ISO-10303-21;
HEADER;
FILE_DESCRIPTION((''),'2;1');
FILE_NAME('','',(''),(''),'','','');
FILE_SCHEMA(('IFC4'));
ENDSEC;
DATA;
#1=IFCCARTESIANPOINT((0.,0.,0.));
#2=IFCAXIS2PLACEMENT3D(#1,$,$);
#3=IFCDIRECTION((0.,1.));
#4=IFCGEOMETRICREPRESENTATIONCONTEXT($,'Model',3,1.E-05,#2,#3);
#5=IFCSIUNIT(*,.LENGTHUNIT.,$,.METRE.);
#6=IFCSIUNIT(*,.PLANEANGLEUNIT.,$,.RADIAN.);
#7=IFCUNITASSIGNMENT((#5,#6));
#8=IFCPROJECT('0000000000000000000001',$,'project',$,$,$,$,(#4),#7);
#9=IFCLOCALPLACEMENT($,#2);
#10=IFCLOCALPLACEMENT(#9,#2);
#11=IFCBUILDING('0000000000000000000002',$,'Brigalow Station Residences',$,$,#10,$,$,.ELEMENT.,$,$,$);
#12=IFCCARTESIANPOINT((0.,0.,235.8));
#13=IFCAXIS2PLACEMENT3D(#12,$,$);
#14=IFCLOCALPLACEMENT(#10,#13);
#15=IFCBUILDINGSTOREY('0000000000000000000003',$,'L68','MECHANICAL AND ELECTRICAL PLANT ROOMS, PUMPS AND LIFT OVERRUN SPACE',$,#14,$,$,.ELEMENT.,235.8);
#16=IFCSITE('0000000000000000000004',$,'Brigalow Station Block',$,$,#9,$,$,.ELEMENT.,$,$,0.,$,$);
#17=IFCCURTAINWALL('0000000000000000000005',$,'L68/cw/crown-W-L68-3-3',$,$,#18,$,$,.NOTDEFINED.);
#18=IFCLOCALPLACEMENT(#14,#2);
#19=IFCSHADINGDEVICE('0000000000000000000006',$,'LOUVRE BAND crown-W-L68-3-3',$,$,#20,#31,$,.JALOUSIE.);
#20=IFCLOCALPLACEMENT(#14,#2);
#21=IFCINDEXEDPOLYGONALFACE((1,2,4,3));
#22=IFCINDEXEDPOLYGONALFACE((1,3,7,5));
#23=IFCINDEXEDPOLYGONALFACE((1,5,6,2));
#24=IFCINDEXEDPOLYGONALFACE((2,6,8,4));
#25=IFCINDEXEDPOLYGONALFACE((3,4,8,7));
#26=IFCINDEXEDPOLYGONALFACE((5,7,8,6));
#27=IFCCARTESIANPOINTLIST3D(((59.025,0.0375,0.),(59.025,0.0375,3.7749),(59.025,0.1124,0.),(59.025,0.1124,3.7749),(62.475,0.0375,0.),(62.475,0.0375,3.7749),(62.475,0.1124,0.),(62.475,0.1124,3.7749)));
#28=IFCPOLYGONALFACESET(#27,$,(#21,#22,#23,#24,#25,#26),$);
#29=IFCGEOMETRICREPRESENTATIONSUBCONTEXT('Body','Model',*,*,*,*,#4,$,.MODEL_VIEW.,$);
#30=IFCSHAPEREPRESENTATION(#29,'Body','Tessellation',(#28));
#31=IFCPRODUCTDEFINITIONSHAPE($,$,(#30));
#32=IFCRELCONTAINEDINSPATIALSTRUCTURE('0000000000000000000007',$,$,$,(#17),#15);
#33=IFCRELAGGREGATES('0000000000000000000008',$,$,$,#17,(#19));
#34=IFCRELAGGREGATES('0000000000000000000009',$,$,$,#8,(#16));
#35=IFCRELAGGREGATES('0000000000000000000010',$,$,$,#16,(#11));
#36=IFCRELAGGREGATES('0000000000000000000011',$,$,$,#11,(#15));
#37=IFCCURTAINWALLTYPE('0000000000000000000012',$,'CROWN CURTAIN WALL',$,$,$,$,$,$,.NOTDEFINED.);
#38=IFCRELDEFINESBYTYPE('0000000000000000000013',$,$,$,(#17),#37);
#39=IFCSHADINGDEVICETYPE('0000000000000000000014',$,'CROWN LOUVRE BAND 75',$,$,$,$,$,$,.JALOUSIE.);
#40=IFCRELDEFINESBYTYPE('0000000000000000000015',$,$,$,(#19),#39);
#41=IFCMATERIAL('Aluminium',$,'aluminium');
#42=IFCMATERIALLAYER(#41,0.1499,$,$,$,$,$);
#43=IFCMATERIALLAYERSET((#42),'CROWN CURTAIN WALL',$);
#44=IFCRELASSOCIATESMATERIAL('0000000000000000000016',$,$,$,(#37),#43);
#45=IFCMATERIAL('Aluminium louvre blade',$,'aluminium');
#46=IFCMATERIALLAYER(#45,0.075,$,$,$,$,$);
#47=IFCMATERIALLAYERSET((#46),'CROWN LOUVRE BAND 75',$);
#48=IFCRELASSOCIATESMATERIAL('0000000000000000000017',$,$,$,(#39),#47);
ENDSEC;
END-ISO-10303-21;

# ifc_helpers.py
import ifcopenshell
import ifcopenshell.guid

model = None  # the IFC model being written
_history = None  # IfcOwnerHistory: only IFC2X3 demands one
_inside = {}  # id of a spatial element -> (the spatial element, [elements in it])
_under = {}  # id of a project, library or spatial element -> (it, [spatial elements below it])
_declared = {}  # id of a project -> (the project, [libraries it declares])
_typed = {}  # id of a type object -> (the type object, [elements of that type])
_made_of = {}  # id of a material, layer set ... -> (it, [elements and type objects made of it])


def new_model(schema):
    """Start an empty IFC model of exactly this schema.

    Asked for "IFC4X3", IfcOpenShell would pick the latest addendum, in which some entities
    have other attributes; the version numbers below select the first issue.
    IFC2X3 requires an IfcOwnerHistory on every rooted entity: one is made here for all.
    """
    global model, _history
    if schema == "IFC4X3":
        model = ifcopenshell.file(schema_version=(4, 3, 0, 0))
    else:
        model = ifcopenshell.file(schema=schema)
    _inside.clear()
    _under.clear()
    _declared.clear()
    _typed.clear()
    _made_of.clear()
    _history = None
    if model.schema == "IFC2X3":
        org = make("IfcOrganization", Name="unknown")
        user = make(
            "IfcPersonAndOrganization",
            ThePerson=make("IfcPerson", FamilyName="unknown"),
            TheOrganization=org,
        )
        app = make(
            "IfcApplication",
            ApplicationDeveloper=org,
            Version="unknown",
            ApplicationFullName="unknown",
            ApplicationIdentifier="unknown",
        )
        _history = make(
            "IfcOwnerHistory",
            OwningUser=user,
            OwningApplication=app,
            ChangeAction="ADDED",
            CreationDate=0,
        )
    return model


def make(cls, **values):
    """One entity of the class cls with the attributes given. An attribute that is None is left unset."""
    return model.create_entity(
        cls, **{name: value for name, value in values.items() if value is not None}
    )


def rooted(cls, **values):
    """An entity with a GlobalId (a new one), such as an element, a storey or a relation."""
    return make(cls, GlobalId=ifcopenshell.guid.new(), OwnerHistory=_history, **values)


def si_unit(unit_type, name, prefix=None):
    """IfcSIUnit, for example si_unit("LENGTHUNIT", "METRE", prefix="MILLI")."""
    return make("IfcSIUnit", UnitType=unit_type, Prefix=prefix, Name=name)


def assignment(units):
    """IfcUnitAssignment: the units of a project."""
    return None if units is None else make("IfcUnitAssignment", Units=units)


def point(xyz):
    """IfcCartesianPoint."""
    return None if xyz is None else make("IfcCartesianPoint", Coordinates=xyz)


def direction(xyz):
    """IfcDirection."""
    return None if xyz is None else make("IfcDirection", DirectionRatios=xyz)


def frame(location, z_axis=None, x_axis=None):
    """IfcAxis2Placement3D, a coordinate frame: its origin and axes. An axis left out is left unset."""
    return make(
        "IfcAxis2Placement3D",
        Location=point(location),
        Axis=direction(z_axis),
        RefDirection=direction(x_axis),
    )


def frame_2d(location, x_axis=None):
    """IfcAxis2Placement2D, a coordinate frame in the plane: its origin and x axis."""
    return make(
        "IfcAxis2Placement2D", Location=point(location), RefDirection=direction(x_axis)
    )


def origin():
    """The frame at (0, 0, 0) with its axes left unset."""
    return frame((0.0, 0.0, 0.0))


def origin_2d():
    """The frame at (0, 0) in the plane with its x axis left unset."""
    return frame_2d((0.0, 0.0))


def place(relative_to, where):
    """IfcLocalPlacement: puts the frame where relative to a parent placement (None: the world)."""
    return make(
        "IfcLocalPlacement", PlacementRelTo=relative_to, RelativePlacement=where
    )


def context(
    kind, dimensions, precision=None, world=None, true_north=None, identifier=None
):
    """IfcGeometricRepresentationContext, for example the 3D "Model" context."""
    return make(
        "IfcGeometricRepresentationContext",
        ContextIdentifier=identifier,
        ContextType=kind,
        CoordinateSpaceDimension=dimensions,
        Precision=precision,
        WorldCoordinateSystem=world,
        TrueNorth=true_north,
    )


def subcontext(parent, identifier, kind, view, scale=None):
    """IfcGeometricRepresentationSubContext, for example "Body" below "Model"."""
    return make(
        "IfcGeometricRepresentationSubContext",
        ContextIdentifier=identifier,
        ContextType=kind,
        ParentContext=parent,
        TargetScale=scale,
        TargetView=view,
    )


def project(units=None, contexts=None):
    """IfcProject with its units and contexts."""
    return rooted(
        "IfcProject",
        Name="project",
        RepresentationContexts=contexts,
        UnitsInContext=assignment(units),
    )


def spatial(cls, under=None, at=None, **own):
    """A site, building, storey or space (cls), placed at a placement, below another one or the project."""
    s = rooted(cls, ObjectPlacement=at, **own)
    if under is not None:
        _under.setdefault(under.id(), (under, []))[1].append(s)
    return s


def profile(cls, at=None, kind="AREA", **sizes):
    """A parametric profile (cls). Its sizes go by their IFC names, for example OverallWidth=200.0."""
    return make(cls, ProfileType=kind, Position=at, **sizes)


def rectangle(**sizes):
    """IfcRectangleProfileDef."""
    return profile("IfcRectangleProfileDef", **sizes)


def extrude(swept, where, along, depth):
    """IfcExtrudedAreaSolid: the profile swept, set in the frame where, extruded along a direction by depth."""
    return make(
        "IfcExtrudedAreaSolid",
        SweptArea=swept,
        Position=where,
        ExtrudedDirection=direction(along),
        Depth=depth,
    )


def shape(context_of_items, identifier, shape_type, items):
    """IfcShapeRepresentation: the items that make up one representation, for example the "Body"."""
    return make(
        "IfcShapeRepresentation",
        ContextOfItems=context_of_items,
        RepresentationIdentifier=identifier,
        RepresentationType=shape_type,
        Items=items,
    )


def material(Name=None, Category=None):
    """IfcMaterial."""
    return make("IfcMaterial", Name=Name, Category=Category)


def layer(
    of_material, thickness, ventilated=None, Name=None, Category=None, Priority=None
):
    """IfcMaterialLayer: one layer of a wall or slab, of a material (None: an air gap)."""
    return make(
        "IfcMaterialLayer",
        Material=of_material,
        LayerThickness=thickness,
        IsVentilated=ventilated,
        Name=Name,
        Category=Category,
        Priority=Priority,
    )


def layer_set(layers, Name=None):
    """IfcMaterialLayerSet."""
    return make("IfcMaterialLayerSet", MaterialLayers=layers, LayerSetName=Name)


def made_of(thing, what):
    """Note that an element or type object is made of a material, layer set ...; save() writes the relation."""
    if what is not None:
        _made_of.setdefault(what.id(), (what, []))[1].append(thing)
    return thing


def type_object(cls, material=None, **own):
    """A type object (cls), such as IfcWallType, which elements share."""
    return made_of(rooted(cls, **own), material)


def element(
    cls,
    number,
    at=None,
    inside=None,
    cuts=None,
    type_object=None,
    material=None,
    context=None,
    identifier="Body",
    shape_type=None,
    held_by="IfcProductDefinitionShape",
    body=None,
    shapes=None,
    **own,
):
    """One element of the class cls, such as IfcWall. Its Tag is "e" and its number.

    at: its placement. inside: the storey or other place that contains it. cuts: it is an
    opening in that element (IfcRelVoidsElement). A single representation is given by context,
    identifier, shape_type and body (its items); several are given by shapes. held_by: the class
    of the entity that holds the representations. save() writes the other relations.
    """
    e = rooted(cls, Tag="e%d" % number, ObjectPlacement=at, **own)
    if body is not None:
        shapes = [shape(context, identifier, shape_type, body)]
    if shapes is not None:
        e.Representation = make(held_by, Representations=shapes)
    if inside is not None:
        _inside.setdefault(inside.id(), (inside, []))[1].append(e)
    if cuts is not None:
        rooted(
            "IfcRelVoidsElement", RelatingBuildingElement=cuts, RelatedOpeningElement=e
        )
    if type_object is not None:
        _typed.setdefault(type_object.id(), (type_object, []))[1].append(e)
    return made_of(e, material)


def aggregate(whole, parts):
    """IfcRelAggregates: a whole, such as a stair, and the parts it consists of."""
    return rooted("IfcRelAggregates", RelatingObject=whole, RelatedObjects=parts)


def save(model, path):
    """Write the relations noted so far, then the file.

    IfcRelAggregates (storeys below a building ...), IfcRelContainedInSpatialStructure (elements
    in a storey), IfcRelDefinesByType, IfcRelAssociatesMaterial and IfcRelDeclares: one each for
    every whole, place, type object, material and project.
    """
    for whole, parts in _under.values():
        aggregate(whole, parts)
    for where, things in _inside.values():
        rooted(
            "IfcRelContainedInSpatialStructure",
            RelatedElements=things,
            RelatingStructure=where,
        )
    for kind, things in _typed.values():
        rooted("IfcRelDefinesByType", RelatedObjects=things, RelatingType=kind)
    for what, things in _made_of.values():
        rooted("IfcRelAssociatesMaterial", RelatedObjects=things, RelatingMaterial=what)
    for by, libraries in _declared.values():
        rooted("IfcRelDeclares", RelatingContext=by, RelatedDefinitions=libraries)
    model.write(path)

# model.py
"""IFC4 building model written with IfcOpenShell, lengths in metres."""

from ifc_helpers import new_model, si_unit, direction, frame, origin, origin_2d, place, context, subcontext, project, spatial, rectangle, extrude, material, layer, layer_set, type_object, element, aggregate, save


model = new_model("IFC4")

# Units and contexts
model_context = context("Model", 3, precision=1e-05, world=origin(), true_north=direction((0.0, 1.0)))
body_context = subcontext(model_context, "Body", "Model", "MODEL_VIEW")
ifc_project = project(units=[si_unit("LENGTHUNIT", "METRE"), si_unit("PLANEANGLEUNIT", "RADIAN")], contexts=[model_context])

# Site, building, storey
site_placement = place(None, origin())
site = spatial("IfcSite", under=ifc_project, at=site_placement, Name="Brigalow Station Block", CompositionType="ELEMENT", RefElevation=0.0)
building_placement = place(site_placement, origin())
building = spatial("IfcBuilding", under=site, at=building_placement, Name="Brigalow Station Residences", CompositionType="ELEMENT")
storey_placement = place(building_placement, frame((0.0, 0.0, 235.8)))
storey = spatial("IfcBuildingStorey", under=building, at=storey_placement, Name="L68", Description="MECHANICAL AND ELECTRICAL PLANT ROOMS, PUMPS AND LIFT OVERRUN SPACE", CompositionType="ELEMENT", Elevation=235.8)

# Curtain wall
ifc_material_1 = material(Name="Aluminium", Category="aluminium")
ifc_layer_1 = layer(ifc_material_1, 0.1499)
ifc_layer_set_1 = layer_set([ifc_layer_1], Name="CROWN CURTAIN WALL")
curtain_wall_type = type_object("IfcCurtainWallType", Name="CROWN CURTAIN WALL", PredefinedType="NOTDEFINED", material=ifc_layer_set_1)
curtain_wall_1_placement = place(storey_placement, origin())
curtain_wall_1 = element("IfcCurtainWall", 1, at=curtain_wall_1_placement, inside=storey, type_object=curtain_wall_type, Name="L68/cw/crown-W-L68-3-3", PredefinedType="NOTDEFINED")

# Shading device
ifc_material_2 = material(Name="Aluminium louvre blade", Category="aluminium")
ifc_layer_2 = layer(ifc_material_2, 0.075)
ifc_layer_set_2 = layer_set([ifc_layer_2], Name="CROWN LOUVRE BAND 75")
shading_device_type = type_object("IfcShadingDeviceType", Name="CROWN LOUVRE BAND 75", PredefinedType="JALOUSIE", material=ifc_layer_set_2)
shading_device_1_placement = place(storey_placement, frame((60.75, 0.075, 0.0), z_axis=(0.0, 0.0, 1.0), x_axis=(1.0, 0.0, 0.0)))
shading_device_1 = element("IfcShadingDevice", 2, at=shading_device_1_placement, type_object=shading_device_type, Name="LOUVRE BAND crown-W-L68-3-3", PredefinedType="JALOUSIE", context=body_context, shape_type="SweptSolid", body=[
    extrude(rectangle(XDim=3.45, YDim=0.075, at=origin_2d()), origin(), (0.0, 0.0, 1.0), 3.7749),
])
aggregate(curtain_wall_1, [shading_device_1])

save(model, "model.ifc")
